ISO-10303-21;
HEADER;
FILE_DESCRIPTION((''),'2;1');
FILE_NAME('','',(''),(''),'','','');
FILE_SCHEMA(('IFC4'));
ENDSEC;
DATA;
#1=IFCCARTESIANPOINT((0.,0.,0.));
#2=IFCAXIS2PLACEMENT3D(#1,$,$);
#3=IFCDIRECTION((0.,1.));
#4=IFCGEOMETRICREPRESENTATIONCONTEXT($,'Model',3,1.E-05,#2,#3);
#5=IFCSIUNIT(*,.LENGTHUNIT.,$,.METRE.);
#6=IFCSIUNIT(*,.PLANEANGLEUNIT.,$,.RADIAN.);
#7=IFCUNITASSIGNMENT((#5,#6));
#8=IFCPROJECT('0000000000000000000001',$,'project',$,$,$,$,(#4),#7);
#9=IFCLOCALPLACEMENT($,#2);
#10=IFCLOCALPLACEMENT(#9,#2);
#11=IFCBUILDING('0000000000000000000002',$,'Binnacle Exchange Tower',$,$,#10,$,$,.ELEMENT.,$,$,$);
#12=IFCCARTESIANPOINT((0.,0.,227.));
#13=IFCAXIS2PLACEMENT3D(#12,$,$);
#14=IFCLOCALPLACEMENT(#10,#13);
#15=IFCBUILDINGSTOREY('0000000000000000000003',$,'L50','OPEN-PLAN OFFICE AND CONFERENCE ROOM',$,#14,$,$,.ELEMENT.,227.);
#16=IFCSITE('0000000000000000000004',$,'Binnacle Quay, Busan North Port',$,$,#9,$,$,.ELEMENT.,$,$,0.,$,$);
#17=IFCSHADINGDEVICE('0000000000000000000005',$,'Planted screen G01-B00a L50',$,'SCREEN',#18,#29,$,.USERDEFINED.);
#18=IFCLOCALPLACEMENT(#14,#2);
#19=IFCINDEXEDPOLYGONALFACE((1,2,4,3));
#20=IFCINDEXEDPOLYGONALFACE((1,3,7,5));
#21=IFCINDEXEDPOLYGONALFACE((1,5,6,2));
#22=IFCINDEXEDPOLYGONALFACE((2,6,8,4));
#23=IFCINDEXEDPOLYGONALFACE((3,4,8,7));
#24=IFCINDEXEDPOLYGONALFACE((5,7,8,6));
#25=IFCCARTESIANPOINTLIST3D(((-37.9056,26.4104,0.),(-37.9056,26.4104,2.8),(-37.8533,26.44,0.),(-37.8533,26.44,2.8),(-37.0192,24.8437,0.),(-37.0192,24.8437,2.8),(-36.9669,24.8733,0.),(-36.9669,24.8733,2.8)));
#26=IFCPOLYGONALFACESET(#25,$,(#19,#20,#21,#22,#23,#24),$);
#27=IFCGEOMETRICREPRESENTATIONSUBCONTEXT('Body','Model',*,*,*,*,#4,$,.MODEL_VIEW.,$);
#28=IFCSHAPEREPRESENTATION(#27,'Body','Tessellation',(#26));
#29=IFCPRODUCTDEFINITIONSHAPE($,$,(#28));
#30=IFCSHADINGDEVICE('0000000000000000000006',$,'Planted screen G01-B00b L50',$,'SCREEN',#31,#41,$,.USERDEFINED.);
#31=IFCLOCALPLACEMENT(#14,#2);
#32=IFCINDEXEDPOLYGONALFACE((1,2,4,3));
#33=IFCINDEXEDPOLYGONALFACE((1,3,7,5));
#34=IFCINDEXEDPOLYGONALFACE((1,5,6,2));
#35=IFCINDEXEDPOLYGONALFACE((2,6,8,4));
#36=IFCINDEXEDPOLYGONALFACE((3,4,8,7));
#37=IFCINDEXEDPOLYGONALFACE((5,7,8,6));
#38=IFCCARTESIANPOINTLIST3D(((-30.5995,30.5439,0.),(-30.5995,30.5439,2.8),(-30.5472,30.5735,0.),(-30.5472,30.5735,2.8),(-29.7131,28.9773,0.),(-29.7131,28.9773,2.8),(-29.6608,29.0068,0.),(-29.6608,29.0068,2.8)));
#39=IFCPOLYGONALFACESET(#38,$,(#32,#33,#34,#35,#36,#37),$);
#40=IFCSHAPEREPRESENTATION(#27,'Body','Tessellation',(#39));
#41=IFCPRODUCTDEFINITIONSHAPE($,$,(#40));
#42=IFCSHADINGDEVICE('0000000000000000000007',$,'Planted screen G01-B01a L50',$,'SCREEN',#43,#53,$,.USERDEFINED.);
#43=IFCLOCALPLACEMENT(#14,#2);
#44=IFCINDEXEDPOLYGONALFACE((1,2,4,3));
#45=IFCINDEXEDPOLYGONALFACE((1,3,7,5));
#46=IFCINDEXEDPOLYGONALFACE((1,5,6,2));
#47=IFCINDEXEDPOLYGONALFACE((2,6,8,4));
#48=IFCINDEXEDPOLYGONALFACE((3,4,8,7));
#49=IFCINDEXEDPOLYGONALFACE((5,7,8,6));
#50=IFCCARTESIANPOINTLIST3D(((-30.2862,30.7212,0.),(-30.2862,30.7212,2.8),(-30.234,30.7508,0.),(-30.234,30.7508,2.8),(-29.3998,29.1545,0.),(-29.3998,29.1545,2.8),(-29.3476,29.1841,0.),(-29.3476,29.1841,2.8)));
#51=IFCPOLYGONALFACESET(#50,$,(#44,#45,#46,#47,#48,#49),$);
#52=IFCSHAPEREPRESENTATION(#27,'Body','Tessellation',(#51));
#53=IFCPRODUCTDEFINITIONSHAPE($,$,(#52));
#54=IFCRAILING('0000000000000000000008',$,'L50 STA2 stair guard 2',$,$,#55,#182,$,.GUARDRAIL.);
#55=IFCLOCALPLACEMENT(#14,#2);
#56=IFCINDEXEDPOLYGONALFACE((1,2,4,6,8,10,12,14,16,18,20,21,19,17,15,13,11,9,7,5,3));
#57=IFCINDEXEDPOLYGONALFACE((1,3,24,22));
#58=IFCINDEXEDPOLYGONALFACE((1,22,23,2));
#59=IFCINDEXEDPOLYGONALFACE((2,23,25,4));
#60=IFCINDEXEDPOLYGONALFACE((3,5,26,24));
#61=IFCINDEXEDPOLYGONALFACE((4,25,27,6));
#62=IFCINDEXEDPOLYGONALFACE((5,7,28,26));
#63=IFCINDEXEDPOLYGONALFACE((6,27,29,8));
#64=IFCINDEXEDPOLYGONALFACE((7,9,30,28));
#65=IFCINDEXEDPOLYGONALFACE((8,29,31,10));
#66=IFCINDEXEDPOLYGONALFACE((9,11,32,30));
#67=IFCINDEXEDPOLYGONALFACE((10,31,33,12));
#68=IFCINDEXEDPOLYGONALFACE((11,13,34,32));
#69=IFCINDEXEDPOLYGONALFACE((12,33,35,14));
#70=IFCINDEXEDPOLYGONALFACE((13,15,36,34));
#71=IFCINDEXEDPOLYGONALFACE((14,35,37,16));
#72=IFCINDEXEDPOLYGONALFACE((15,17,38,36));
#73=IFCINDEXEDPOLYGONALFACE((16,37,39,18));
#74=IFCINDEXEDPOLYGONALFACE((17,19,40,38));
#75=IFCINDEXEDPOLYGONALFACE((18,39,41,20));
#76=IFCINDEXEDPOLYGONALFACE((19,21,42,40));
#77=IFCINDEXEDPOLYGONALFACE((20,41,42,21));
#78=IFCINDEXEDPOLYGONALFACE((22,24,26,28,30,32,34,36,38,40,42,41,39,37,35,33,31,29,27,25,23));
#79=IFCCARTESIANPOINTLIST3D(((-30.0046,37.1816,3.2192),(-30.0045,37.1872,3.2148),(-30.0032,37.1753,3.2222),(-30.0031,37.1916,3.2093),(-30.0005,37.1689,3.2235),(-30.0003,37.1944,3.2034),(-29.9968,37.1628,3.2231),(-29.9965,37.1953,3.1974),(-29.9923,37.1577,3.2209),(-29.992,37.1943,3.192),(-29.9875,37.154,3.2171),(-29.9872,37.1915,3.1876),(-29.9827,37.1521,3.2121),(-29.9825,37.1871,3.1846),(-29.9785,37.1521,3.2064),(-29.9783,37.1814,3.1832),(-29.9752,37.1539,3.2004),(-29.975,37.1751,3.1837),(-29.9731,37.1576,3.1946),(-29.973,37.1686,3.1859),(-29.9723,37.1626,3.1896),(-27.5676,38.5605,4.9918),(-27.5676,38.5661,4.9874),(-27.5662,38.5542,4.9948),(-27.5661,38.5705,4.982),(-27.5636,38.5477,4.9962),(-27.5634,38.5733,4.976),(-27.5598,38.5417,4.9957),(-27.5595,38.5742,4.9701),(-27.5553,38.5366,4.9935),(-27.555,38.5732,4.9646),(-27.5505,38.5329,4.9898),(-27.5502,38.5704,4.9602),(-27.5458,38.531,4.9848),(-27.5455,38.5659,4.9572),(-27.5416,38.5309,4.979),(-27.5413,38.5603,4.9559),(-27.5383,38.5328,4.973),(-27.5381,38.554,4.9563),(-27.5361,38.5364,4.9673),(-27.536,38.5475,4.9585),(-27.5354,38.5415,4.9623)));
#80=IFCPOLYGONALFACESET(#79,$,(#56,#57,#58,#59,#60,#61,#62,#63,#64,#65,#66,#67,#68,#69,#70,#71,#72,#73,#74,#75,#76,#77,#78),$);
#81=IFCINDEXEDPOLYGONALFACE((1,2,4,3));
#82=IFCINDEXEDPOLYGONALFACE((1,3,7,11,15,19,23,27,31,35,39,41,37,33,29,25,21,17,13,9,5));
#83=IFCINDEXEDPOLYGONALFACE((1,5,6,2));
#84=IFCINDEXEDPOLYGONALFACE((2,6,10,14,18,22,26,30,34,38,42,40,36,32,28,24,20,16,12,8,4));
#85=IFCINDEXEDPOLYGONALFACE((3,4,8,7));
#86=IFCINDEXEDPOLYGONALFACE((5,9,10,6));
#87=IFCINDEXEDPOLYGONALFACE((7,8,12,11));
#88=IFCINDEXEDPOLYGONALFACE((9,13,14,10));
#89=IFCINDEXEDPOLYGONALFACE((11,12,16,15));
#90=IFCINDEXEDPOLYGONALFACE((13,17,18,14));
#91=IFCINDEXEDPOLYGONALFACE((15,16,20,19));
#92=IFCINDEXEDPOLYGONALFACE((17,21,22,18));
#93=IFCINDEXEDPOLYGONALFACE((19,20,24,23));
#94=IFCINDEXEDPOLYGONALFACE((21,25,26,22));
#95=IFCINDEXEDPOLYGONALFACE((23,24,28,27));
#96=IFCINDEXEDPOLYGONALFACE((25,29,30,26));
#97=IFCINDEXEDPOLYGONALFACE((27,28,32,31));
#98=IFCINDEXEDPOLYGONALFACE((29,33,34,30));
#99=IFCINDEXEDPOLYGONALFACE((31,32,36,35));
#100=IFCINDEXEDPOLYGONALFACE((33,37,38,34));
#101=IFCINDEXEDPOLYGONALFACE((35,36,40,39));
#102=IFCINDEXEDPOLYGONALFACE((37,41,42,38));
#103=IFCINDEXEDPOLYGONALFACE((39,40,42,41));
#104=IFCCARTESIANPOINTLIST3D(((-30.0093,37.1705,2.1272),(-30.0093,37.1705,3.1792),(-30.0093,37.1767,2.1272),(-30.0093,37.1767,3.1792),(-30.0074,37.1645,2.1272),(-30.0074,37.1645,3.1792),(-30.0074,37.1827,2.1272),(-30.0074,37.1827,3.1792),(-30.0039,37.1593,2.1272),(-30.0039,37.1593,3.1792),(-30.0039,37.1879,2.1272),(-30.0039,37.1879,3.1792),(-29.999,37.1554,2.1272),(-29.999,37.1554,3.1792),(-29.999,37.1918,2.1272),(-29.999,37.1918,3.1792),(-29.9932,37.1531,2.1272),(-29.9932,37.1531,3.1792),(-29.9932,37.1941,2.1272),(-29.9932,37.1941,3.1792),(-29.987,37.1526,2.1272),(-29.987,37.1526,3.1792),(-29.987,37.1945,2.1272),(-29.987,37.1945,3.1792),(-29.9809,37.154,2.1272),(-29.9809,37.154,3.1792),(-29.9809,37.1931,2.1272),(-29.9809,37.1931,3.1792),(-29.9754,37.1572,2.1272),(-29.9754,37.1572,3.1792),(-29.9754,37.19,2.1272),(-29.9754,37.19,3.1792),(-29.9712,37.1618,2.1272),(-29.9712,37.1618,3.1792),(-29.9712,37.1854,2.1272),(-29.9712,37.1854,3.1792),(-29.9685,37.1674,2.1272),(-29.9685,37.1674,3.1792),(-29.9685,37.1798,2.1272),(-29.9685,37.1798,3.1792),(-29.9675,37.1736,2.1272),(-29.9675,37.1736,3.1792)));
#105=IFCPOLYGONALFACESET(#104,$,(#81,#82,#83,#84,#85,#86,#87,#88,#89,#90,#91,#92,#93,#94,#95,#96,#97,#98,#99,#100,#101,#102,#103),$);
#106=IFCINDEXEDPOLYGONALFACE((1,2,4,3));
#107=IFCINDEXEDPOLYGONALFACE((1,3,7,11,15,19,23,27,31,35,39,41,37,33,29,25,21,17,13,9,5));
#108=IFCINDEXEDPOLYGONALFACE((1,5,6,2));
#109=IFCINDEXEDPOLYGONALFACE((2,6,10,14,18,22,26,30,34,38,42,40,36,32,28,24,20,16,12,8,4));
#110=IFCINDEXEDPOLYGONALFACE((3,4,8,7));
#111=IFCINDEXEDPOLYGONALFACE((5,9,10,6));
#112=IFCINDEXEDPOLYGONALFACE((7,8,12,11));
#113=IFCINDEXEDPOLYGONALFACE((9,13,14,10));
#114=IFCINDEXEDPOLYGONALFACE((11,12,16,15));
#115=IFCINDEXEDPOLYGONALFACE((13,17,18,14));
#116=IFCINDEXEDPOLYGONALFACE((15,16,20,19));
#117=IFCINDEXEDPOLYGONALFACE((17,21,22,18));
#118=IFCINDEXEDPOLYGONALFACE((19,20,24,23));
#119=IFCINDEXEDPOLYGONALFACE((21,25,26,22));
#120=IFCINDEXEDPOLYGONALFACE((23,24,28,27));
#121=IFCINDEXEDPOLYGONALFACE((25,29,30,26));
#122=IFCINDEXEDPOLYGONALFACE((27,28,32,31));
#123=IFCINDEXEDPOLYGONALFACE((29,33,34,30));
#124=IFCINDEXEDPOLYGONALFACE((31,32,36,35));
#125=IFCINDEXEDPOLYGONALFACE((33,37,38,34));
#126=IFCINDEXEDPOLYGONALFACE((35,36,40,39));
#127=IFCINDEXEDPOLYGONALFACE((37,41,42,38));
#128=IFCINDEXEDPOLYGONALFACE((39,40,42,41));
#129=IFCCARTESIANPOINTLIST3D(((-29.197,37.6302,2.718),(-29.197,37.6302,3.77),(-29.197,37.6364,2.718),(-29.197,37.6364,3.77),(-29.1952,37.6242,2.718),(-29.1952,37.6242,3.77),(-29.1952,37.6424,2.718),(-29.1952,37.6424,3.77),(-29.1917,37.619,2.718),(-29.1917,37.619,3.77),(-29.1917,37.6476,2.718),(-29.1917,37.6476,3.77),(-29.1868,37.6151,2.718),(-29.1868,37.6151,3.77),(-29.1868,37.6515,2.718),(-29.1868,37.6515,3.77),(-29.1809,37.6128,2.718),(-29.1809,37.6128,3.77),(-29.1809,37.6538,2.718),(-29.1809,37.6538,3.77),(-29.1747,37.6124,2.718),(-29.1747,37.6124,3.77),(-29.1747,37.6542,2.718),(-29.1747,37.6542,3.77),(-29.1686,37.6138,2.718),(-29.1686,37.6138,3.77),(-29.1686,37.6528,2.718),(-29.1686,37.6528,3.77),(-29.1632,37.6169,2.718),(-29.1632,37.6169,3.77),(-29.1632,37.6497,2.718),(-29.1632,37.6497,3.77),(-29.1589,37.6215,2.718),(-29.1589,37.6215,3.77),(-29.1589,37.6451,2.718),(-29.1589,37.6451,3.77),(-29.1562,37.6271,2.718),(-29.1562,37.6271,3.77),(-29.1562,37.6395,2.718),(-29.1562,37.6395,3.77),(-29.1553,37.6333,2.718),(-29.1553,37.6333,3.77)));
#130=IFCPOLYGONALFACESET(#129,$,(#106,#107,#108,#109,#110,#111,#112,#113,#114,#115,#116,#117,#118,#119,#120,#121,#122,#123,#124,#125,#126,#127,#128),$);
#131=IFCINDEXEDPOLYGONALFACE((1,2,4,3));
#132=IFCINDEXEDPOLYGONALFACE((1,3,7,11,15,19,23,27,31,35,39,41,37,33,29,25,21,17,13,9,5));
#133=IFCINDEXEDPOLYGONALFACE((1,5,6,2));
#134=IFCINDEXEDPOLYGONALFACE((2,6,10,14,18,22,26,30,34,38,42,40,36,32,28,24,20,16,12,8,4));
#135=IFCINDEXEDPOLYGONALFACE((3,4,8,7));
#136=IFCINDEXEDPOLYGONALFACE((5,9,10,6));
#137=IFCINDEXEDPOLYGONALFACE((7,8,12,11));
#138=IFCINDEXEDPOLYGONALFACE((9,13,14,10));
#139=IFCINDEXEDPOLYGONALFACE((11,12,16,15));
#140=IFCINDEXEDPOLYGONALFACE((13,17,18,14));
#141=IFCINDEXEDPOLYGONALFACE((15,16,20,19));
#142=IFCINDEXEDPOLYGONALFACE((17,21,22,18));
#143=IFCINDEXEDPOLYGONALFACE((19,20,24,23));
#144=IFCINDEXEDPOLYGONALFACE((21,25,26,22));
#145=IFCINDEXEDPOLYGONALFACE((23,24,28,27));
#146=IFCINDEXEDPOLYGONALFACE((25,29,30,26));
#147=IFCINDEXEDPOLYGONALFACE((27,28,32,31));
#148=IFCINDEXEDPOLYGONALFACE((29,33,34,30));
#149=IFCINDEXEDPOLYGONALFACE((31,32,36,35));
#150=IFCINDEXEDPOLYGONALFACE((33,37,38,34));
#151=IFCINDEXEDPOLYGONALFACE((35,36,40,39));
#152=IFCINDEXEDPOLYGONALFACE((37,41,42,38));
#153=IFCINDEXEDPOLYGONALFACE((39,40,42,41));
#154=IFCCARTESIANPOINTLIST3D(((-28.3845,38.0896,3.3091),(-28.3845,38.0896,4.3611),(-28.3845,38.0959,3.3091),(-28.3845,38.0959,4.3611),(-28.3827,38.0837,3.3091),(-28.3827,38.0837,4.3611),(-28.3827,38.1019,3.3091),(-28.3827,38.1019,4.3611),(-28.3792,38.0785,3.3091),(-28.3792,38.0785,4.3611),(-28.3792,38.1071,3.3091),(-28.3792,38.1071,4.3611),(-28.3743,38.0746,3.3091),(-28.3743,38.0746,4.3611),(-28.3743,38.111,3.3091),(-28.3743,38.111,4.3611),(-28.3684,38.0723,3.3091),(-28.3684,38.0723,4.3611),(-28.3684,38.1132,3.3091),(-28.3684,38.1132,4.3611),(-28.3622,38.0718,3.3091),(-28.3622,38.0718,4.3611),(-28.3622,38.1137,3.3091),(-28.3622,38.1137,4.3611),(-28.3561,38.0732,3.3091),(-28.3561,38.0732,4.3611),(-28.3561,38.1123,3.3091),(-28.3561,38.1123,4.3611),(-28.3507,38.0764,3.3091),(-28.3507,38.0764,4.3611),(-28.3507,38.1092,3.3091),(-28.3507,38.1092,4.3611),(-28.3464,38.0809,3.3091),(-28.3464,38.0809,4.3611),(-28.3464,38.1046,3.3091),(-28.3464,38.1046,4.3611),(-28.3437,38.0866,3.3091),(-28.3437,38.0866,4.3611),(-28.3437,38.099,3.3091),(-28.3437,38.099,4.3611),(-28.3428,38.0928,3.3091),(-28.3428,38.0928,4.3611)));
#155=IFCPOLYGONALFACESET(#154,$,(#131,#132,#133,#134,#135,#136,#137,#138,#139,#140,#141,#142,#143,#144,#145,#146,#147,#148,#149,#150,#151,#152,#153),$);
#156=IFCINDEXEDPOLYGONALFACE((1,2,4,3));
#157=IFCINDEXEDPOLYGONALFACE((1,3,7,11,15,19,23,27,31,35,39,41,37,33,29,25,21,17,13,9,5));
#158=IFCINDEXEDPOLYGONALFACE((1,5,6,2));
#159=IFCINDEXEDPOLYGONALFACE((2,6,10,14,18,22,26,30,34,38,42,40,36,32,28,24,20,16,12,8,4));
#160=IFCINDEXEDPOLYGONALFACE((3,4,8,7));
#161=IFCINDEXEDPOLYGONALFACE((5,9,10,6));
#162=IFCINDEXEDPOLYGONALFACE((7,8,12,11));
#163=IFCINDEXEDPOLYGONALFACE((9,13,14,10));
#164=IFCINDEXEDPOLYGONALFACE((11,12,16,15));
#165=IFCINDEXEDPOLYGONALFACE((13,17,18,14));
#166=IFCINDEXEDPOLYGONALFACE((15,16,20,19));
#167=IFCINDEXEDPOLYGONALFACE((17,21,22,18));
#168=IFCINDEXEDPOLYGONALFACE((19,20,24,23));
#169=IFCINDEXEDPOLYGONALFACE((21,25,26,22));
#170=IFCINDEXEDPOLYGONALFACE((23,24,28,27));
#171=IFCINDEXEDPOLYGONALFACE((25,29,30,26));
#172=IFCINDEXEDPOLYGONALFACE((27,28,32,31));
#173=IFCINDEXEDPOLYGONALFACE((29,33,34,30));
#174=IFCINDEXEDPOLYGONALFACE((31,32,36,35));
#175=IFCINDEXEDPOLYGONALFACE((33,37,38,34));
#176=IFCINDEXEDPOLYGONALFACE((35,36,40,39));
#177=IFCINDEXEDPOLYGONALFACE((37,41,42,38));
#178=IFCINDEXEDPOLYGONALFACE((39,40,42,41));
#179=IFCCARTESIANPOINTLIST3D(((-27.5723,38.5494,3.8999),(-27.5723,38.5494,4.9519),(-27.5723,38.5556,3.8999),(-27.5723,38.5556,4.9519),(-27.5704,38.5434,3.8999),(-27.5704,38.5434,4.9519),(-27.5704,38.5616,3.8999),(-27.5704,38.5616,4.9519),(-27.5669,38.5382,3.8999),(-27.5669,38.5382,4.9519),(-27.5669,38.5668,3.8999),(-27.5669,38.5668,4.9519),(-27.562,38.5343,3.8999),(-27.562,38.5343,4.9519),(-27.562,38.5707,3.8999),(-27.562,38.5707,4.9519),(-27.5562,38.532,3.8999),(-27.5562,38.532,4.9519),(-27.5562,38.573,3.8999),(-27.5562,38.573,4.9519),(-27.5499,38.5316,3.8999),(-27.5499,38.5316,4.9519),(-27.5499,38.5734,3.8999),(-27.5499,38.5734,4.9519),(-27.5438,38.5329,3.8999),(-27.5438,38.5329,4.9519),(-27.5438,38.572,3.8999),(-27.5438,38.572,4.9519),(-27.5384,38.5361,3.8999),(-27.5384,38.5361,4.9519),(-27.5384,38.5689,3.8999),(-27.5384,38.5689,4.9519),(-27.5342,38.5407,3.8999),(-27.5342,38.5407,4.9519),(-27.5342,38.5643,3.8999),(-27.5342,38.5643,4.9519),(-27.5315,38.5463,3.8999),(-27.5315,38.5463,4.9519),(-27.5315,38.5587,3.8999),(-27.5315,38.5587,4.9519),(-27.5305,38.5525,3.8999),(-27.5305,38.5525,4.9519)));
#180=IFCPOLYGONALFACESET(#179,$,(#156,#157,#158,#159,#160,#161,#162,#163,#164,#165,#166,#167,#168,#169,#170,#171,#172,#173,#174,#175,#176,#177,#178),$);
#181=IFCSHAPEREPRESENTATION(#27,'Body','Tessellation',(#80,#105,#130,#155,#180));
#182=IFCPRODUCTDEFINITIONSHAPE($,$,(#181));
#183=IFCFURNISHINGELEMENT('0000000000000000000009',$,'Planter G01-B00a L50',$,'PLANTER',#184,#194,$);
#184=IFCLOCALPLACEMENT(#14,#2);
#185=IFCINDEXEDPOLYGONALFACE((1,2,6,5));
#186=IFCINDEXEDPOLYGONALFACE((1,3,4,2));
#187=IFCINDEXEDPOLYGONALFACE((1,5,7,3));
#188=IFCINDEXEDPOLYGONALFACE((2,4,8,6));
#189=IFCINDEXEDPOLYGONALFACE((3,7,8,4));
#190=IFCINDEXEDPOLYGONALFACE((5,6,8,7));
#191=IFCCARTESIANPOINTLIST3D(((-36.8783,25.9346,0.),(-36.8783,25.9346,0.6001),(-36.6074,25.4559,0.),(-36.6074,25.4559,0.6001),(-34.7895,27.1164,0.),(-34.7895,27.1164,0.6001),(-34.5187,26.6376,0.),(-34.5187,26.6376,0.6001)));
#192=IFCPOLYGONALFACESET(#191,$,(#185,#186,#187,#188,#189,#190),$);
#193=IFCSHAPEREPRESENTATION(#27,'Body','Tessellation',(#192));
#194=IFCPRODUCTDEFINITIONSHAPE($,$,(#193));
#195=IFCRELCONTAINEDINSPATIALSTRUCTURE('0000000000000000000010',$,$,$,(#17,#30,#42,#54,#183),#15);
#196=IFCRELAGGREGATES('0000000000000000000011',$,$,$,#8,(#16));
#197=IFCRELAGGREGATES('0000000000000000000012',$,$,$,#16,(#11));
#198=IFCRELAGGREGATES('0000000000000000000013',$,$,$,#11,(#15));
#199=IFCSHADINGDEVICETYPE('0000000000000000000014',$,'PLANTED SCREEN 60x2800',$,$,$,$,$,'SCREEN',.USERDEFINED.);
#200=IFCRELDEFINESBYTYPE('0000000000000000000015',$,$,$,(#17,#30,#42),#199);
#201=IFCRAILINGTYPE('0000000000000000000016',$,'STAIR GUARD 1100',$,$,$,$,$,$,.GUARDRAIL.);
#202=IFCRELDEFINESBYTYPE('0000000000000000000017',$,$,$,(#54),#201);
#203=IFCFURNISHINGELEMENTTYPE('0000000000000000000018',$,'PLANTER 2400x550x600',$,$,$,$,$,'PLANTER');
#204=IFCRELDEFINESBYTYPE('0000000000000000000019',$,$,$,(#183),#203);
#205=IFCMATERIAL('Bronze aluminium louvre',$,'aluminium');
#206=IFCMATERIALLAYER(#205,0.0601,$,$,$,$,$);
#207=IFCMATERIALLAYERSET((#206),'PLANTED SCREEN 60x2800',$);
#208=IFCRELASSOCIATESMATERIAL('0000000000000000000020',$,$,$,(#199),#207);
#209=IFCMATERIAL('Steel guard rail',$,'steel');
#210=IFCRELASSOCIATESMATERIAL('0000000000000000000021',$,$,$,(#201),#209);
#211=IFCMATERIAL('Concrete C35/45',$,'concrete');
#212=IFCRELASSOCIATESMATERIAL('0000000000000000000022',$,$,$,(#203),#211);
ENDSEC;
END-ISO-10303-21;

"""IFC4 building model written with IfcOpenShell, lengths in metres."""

from ifc_helpers import new_model, si_unit, direction, frame, origin, origin_2d, place, context, subcontext, project, spatial, rectangle, circle, extrude, material, layer, layer_set, type_object, element, save


model = new_model("IFC4")

# Units and contexts
model_context = context("Model", 3, precision=1e-05, world=origin(), true_north=direction((0.0, 1.0)))
body_context = subcontext(model_context, "Body", "Model", "MODEL_VIEW")
ifc_project = project(units=[si_unit("LENGTHUNIT", "METRE"), si_unit("PLANEANGLEUNIT", "RADIAN")], contexts=[model_context])

# Site, building, storey
site_placement = place(None, origin())
site = spatial("IfcSite", under=ifc_project, at=site_placement, Name="Binnacle Quay, Busan North Port", CompositionType="ELEMENT", RefElevation=0.0)
building_placement = place(site_placement, origin())
building = spatial("IfcBuilding", under=site, at=building_placement, Name="Binnacle Exchange Tower", CompositionType="ELEMENT")
storey_placement = place(building_placement, frame((0.0, 0.0, 227.0)))
storey = spatial("IfcBuildingStorey", under=building, at=storey_placement, Name="L50", Description="OPEN-PLAN OFFICE AND CONFERENCE ROOM", CompositionType="ELEMENT", Elevation=227.0)

# Shared definitions
ifc_material_1 = material(Name="Concrete C35/45", Category="concrete")

# Shading devices
ifc_material_2 = material(Name="Bronze aluminium louvre", Category="aluminium")
ifc_layer_1 = layer(ifc_material_2, 0.0601)
ifc_layer_set_1 = layer_set([ifc_layer_1], Name="PLANTED SCREEN 60x2800")
shading_device_type = type_object("IfcShadingDeviceType", Name="PLANTED SCREEN 60x2800", ElementType="SCREEN", PredefinedType="USERDEFINED", material=ifc_layer_set_1)
for number, where, z_axis, x_axis, name in (
    (1, (-37.4363, 25.6418, 0.0), (0.0, 0.0, 1.0), (0.870356, 0.492424, 0.0), "Planted screen G01-B00a L50"),
    (2, (-30.1301, 29.7754, 0.0), (0.0, 0.0, 1.0), (0.870356, 0.492424, 0.0), "Planted screen G01-B00b L50"),
    (3, (-29.8169, 29.9526, 0.0), (0.0, 0.0, 1.0), (0.870356, 0.492424, 0.0), "Planted screen G01-B01a L50"),
):
    element("IfcShadingDevice", number, at=place(storey_placement, frame(where, z_axis=z_axis, x_axis=x_axis)), inside=storey, type_object=shading_device_type, Name=name, ObjectType="SCREEN", PredefinedType="USERDEFINED", context=body_context, shape_type="SweptSolid", body=[
        extrude(rectangle(XDim=0.0601, YDim=1.8, at=origin_2d()), origin(), (0.0, 0.0, 1.0), 2.8),
    ])

# Railing
ifc_material_3 = material(Name="Steel guard rail", Category="steel")
railing_type_1 = type_object("IfcRailingType", Name="STAIR GUARD 1100", PredefinedType="GUARDRAIL", material=ifc_material_3)
railing_1_placement = place(storey_placement, frame((-29.9885, 37.1736, 2.1272)))
element("IfcRailing", 4, at=railing_1_placement, inside=storey, type_object=railing_type_1, Name="L50 STA2 stair guard 2", PredefinedType="GUARDRAIL", context=body_context, shape_type="SweptSolid", body=[
    extrude(circle(Radius=0.0239, at=origin_2d()), frame((0.0, 0.0, 1.0762), z_axis=(0.735359, 0.41608, 0.534907), x_axis=(-0.492454, 0.870339, 0.0)), (0.0, 0.0, 1.0), 3.314),
    extrude(circle(Radius=0.021, at=origin_2d()), origin(), (0.0, 0.0, 1.0), 1.052),
    extrude(circle(Radius=0.021, at=origin_2d()), frame((0.8123, 0.4597, 0.5908)), (0.0, 0.0, 1.0), 1.052),
    extrude(circle(Radius=0.021, at=origin_2d()), frame((1.6248, 0.9192, 1.1819)), (0.0, 0.0, 1.0), 1.052),
    extrude(circle(Radius=0.021, at=origin_2d()), frame((2.437, 1.3789, 1.7727)), (0.0, 0.0, 1.0), 1.052),
])

# Furnishing element
furnishing_element_type = type_object("IfcFurnishingElementType", Name="PLANTER 2400x550x600", ElementType="PLANTER", material=ifc_material_1)
furnishing_placement = place(storey_placement, frame((-35.6985, 26.2861, 0.0), z_axis=(0.0, 0.0, 1.0), x_axis=(0.870356, 0.492424, 0.0)))
element("IfcFurnishingElement", 5, at=furnishing_placement, inside=storey, type_object=furnishing_element_type, Name="Planter G01-B00a L50", ObjectType="PLANTER", context=body_context, shape_type="SweptSolid", body=[
    extrude(rectangle(XDim=2.3999, YDim=0.55, at=origin_2d()), origin(), (0.0, 0.0, 1.0), 0.6001),
])

save(model, "model.ifc")
